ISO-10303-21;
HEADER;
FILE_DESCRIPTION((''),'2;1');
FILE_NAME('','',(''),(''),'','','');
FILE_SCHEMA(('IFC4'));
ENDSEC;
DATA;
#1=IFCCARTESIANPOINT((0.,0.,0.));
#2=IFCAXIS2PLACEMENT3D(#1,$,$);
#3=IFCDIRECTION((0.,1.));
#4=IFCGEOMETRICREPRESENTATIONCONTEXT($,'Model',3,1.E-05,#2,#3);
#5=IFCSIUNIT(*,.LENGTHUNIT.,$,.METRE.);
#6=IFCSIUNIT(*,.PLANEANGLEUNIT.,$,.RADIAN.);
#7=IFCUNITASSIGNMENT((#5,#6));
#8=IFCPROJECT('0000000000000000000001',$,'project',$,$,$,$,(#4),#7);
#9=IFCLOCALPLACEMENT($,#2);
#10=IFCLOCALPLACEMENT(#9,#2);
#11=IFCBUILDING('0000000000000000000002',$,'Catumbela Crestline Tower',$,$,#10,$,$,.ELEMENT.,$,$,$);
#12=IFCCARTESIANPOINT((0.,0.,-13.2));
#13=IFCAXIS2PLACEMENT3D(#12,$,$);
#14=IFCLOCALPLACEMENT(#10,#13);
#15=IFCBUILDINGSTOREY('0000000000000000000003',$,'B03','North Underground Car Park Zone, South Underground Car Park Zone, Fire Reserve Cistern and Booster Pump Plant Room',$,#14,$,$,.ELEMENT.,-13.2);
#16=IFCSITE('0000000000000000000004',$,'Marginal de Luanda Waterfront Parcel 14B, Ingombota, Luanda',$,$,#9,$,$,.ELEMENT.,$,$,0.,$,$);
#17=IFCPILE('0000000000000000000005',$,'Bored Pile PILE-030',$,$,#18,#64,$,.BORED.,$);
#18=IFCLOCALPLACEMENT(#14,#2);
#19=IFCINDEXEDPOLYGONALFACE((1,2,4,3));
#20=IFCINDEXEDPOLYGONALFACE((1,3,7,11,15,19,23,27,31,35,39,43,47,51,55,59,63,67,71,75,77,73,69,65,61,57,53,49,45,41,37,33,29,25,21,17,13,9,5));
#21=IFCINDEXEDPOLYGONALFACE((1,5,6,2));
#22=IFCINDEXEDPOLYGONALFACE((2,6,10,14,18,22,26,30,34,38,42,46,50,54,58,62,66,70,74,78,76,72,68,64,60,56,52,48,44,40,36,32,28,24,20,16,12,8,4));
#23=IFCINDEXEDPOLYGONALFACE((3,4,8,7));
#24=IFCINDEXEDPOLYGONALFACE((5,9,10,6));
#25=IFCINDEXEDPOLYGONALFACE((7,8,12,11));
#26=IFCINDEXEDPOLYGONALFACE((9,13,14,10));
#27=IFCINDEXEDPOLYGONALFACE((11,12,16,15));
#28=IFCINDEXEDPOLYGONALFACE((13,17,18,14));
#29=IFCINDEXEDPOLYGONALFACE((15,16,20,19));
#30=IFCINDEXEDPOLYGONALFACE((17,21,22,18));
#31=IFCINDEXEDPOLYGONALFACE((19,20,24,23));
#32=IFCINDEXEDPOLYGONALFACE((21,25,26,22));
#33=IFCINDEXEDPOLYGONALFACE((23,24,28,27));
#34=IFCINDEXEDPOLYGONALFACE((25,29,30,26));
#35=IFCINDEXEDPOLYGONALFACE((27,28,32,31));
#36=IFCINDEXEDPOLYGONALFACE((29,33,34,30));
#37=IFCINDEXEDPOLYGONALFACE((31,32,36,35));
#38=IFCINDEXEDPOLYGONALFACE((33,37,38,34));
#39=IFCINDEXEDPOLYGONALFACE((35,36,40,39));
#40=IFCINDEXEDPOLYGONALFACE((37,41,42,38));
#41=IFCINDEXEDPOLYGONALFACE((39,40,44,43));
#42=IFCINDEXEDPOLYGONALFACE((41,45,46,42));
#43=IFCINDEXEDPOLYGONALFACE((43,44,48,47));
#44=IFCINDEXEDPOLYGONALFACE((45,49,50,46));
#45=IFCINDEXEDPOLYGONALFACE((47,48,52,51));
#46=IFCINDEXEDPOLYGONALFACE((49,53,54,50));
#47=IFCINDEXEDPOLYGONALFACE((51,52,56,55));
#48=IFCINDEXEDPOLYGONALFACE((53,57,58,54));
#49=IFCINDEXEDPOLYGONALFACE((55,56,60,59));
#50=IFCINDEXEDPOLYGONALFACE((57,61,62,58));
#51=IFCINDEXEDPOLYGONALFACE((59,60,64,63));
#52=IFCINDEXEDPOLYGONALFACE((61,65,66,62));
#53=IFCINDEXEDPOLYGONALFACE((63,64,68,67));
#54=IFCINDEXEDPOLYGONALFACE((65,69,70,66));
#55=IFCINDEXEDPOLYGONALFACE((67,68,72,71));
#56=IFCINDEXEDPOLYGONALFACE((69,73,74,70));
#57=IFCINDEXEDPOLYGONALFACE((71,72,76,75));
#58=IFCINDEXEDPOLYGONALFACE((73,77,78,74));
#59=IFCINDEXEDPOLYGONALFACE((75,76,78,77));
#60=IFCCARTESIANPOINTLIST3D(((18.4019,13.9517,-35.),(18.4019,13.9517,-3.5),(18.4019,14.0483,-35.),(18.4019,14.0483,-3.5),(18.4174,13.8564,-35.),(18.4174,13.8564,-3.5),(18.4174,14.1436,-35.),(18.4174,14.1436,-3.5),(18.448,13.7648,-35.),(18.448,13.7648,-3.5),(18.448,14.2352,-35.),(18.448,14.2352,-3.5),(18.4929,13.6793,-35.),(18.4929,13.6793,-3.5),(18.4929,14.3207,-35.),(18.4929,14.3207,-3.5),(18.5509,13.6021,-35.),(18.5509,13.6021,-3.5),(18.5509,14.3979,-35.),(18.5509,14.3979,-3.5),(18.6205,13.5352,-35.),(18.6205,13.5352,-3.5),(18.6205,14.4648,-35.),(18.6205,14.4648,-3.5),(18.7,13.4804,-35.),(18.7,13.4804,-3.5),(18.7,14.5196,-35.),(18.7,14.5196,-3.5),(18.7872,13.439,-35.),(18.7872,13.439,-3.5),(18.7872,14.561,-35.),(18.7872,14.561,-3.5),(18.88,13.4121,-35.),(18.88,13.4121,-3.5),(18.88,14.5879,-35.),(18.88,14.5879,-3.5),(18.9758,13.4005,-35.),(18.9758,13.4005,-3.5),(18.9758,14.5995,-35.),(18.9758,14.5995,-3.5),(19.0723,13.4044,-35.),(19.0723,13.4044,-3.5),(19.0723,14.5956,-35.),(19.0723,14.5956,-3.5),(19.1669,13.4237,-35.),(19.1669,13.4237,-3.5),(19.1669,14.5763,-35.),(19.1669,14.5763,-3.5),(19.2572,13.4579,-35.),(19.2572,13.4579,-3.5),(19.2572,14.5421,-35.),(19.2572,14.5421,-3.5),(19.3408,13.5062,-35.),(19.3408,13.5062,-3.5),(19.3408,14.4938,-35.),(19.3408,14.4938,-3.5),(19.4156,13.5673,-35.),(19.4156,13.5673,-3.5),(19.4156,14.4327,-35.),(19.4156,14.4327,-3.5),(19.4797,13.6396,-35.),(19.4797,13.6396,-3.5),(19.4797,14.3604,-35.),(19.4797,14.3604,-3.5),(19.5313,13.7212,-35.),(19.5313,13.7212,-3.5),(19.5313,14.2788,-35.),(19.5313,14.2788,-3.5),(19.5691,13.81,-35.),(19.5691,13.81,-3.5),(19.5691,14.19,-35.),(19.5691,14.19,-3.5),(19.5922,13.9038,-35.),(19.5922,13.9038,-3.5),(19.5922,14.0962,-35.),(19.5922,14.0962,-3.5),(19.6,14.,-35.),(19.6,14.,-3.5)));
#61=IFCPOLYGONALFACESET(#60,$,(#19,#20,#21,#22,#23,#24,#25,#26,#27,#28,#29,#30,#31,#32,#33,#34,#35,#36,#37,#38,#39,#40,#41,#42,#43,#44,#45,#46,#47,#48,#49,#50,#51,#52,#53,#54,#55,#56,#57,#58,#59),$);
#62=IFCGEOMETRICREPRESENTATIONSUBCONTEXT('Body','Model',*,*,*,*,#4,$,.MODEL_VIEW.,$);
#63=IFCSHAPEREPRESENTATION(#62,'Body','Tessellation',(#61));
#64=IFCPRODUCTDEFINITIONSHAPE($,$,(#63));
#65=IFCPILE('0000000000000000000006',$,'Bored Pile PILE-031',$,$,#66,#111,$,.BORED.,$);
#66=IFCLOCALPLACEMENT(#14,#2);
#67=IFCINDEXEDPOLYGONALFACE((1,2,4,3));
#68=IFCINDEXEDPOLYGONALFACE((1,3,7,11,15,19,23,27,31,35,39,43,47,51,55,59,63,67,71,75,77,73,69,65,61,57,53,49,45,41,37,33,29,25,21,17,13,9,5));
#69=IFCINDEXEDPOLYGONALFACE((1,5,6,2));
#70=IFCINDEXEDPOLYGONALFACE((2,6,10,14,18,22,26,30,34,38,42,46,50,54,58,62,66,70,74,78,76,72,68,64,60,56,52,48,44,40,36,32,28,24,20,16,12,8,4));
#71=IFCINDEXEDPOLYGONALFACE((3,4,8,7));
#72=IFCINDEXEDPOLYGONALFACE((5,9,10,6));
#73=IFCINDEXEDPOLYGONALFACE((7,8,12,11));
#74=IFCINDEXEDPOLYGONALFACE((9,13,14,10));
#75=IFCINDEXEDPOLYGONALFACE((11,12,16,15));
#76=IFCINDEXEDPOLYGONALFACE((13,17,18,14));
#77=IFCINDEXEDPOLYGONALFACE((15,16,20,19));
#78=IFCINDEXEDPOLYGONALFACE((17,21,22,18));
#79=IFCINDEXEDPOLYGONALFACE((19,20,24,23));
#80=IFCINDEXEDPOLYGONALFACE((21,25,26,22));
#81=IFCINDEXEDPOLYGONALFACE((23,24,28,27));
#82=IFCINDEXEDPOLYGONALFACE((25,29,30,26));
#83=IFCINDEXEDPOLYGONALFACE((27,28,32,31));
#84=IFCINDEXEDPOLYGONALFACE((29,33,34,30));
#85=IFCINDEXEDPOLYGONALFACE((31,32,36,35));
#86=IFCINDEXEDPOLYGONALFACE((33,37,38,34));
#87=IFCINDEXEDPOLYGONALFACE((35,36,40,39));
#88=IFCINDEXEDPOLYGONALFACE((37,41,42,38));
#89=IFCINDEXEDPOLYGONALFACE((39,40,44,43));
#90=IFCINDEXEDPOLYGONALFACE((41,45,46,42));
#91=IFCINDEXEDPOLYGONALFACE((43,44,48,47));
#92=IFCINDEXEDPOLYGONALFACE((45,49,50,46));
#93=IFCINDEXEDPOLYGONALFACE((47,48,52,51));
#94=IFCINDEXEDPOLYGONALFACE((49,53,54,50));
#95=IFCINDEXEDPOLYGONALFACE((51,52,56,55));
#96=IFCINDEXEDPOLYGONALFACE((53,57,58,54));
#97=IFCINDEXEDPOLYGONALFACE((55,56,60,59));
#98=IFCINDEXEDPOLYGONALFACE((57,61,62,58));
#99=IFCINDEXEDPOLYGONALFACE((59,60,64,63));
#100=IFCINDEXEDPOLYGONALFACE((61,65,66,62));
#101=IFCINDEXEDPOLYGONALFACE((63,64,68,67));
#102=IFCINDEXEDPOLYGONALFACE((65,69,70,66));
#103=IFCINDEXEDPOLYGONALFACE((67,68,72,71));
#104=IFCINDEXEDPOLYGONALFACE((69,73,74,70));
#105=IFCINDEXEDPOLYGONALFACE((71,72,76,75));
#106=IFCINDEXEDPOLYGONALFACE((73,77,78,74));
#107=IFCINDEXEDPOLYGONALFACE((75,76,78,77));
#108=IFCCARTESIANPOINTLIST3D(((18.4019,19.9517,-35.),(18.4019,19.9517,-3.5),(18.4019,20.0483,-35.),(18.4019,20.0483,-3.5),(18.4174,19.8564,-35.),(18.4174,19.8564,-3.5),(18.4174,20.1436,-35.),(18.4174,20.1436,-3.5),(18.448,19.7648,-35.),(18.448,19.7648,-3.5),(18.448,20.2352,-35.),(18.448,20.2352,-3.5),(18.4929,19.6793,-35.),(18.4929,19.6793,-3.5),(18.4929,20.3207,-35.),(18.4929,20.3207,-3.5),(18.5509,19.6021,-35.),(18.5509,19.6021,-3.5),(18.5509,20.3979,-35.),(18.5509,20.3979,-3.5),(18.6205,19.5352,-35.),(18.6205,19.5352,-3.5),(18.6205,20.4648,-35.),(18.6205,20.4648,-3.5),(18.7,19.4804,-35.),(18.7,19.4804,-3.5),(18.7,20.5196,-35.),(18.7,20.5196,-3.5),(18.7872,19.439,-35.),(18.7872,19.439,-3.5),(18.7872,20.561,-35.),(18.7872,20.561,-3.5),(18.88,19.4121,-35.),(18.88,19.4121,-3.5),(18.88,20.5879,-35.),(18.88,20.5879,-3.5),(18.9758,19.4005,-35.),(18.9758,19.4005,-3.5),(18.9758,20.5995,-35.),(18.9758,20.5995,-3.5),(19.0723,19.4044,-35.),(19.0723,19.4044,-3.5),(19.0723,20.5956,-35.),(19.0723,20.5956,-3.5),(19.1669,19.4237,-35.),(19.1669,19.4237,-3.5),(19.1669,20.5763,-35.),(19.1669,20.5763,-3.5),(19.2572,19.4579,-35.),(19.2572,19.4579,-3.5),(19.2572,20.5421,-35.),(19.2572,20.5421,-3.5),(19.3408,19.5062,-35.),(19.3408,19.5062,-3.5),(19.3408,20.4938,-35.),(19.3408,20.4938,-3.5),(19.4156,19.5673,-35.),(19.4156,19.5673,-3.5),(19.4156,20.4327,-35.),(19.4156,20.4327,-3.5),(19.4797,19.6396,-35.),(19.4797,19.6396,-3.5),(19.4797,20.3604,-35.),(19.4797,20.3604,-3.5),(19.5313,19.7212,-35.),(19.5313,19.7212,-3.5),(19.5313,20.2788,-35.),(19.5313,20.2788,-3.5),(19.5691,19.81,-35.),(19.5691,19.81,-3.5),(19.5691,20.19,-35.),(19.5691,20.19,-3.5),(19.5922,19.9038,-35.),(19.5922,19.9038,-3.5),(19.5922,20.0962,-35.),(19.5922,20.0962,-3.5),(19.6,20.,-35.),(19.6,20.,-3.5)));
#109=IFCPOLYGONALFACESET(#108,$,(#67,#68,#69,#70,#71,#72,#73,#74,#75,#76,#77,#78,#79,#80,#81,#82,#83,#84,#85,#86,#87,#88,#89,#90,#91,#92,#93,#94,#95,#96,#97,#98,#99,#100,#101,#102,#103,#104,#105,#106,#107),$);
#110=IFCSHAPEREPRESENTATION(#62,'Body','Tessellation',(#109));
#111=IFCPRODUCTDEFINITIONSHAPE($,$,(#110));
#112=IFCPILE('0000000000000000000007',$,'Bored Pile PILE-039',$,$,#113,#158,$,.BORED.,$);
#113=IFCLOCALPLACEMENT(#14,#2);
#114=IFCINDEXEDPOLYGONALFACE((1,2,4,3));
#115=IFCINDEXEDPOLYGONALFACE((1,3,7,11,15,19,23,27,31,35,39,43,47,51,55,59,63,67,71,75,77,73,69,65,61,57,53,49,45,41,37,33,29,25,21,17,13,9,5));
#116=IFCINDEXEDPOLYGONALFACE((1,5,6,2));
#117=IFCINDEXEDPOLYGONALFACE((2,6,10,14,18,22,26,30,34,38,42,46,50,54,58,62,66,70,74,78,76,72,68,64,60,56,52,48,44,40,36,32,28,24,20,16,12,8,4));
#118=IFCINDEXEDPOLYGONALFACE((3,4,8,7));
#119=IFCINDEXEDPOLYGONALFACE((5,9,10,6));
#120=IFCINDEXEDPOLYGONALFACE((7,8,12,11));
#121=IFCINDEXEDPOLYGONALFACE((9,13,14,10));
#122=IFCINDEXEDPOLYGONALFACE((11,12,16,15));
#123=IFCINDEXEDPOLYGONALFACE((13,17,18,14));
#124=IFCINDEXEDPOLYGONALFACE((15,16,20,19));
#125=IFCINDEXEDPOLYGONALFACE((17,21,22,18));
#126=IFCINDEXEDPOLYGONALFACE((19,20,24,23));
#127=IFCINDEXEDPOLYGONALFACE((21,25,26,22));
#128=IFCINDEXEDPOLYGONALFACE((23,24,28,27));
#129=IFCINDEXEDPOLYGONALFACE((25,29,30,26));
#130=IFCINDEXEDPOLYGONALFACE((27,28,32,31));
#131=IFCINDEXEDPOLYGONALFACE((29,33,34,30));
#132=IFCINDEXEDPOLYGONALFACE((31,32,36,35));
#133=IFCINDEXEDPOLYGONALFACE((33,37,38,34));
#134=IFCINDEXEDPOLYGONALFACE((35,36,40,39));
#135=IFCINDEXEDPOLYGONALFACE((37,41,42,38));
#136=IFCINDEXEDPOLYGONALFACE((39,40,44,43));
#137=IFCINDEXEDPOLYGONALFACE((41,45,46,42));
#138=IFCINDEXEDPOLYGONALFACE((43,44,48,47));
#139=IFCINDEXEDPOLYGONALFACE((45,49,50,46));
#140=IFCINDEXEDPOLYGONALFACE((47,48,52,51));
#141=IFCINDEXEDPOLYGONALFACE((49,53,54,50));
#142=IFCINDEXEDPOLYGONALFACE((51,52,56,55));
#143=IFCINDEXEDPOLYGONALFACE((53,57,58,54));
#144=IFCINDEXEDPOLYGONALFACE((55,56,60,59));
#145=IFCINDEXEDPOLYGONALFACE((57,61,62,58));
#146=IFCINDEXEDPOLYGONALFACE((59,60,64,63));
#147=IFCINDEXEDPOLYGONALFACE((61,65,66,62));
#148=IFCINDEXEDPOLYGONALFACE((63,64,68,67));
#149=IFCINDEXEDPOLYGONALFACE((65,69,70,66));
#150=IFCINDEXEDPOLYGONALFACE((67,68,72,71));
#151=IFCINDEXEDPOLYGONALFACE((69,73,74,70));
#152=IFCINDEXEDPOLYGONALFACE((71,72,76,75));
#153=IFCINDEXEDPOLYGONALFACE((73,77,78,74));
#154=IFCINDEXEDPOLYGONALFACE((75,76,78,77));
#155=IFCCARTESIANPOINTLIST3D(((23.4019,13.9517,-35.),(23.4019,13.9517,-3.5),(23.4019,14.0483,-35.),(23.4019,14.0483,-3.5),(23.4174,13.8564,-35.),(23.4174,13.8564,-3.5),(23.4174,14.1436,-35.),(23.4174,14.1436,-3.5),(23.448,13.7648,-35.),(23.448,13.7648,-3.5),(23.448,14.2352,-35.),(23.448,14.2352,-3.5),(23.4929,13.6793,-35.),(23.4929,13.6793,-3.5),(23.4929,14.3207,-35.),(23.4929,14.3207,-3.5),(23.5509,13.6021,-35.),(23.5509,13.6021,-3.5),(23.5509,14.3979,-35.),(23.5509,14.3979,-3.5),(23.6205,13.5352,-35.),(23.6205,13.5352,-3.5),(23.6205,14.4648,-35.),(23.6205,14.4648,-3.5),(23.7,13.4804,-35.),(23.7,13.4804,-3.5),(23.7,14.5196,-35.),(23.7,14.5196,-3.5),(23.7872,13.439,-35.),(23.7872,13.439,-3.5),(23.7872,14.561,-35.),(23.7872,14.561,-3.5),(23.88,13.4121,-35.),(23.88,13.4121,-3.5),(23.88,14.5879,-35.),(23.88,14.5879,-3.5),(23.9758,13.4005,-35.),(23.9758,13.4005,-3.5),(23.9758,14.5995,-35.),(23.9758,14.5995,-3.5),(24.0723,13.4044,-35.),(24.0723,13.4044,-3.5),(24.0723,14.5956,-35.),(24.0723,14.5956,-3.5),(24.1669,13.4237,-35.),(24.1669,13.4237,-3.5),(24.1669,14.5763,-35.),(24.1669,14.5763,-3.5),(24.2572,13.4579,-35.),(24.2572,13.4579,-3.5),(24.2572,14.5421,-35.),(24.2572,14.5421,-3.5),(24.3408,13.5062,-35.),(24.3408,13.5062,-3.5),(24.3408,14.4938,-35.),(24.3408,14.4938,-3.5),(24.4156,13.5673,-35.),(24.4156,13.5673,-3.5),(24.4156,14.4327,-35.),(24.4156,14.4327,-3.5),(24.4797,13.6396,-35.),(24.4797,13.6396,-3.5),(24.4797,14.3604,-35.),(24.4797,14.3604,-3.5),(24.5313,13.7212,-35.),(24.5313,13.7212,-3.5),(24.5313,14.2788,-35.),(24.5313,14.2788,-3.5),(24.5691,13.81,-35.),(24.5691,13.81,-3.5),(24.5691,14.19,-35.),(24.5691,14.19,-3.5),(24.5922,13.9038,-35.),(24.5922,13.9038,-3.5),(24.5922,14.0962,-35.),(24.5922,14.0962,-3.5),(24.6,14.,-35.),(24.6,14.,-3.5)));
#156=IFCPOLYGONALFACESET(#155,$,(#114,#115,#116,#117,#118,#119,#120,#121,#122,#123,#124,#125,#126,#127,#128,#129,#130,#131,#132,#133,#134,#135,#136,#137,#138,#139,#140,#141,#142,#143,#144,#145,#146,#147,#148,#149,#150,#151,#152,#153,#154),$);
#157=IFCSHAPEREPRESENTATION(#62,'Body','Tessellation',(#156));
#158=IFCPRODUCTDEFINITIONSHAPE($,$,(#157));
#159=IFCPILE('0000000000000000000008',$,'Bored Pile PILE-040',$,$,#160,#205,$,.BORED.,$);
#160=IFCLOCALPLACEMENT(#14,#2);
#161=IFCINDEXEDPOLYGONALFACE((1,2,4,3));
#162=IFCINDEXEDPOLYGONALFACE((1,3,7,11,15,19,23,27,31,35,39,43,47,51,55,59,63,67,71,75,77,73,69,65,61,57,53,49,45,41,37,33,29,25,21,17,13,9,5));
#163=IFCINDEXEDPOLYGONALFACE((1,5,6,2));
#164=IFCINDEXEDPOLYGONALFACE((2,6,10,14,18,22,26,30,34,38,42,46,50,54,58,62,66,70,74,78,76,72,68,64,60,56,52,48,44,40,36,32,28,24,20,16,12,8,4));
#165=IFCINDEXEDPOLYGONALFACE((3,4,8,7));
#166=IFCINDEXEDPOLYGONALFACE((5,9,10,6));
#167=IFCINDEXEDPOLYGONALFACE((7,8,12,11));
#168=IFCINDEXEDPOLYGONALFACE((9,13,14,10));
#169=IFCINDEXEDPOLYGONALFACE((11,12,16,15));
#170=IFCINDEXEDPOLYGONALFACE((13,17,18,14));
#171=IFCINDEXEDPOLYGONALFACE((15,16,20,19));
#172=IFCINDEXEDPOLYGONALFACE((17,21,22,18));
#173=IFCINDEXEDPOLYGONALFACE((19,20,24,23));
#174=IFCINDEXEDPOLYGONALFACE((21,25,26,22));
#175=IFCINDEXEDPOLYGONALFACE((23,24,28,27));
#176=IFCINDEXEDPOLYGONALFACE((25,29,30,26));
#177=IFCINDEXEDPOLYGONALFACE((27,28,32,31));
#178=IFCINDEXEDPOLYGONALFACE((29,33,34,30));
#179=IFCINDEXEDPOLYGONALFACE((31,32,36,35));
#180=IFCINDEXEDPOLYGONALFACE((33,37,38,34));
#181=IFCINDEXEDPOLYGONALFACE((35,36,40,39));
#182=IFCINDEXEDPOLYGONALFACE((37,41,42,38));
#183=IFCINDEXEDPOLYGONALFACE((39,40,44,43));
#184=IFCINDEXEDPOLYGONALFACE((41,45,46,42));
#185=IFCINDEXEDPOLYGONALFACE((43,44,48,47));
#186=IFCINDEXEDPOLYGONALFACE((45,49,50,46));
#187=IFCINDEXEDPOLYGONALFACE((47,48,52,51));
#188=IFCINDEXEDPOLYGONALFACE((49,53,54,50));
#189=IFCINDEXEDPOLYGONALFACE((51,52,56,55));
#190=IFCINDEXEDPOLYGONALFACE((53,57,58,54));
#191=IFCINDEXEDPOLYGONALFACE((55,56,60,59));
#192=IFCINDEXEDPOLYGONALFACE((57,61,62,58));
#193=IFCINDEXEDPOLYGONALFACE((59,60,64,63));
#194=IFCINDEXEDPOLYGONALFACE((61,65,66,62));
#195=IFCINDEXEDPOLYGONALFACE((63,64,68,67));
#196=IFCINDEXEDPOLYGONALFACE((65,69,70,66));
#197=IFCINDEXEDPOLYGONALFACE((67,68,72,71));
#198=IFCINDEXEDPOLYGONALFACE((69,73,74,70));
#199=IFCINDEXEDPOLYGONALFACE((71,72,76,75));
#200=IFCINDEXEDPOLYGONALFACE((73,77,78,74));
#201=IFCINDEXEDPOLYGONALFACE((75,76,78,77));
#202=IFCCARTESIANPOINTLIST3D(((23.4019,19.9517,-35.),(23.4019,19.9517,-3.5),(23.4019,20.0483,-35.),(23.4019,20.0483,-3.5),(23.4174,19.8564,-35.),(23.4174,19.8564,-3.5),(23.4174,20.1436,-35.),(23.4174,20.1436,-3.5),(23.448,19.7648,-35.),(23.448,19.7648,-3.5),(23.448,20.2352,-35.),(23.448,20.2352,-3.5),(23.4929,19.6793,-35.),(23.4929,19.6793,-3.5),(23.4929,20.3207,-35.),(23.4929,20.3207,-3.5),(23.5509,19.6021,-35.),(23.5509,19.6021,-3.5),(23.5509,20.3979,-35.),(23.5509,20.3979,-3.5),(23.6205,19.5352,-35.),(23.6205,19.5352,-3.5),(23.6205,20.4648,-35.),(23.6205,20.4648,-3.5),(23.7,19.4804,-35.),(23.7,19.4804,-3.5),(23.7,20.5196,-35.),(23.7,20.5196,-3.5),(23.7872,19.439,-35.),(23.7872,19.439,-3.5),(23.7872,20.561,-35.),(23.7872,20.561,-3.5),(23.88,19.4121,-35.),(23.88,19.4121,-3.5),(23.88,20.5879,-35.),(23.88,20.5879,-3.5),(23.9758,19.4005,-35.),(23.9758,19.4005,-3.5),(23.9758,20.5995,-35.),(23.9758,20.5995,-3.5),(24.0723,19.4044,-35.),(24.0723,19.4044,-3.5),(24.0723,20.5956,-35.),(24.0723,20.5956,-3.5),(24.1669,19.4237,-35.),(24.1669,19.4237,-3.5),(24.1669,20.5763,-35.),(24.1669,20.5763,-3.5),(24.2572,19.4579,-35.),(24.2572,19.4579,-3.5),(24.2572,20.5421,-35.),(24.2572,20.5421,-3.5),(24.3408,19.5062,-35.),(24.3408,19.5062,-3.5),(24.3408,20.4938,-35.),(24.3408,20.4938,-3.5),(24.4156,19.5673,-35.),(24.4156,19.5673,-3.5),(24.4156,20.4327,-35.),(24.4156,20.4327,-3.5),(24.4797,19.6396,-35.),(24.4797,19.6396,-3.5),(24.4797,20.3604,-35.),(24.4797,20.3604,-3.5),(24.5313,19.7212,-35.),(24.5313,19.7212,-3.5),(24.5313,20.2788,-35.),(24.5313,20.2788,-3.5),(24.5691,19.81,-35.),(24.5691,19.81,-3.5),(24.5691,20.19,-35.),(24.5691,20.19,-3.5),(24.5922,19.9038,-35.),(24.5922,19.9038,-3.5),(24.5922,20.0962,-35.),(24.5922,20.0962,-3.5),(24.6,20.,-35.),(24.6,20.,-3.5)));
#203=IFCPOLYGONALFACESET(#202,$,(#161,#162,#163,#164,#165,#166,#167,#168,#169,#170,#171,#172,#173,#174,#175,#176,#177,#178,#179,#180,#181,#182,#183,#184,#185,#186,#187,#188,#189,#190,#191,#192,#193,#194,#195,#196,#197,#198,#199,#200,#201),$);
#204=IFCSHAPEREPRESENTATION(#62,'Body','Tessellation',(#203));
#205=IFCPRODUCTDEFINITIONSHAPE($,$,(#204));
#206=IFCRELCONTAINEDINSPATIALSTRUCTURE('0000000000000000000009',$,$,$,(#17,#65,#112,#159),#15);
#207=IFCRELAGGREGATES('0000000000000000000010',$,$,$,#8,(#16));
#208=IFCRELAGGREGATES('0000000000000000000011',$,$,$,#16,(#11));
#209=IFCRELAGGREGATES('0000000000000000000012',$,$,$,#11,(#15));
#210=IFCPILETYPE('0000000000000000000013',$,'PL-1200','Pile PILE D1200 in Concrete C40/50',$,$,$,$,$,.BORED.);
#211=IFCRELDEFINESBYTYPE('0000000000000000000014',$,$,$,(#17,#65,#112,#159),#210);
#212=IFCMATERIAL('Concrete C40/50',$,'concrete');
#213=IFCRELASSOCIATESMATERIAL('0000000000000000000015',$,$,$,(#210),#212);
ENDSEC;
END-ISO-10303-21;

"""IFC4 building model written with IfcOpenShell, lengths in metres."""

from ifc_helpers import new_model, si_unit, direction, frame, origin, origin_2d, place, context, subcontext, project, spatial, circle, extrude, material, material_profile, profile_set, type_object, element, save


model = new_model("IFC4")

# Units and contexts
model_context = context("Model", 3, precision=1e-05, world=origin(), true_north=direction((0.0, 1.0)))
body_context = subcontext(model_context, "Body", "Model", "MODEL_VIEW")
ifc_project = project(units=[si_unit("LENGTHUNIT", "METRE"), si_unit("PLANEANGLEUNIT", "RADIAN")], contexts=[model_context])

# Site, building, storey
site_placement = place(None, origin())
site = spatial("IfcSite", under=ifc_project, at=site_placement, Name="Marginal de Luanda Waterfront Parcel 14B, Ingombota, Luanda", CompositionType="ELEMENT", RefElevation=0.0)
building_placement = place(site_placement, origin())
building = spatial("IfcBuilding", under=site, at=building_placement, Name="Catumbela Crestline Tower", CompositionType="ELEMENT")
storey_placement = place(building_placement, frame((0.0, 0.0, -13.2)))
storey = spatial("IfcBuildingStorey", under=building, at=storey_placement, Name="B03", Description="North Underground Car Park Zone, South Underground Car Park Zone, Fire Reserve Cistern and Booster Pump Plant Room", CompositionType="ELEMENT", Elevation=-13.2)

# Piles
ifc_material_1 = material(Name="Concrete C40/50", Category="concrete")
ifc_material_profile_1 = material_profile(ifc_material_1, circle(Radius=0.6, at=origin_2d()), Name="PILE D1200")
ifc_profile_set_1 = profile_set([ifc_material_profile_1], Name="Concrete C40/50")
pile_type_1 = type_object("IfcPileType", Name="PL-1200", Description="Pile PILE D1200 in Concrete C40/50", PredefinedType="BORED", material=ifc_profile_set_1)
for number, where, z_axis, x_axis, name in (
    (1, (19.0, 14.0, -3.5), (0.0, 0.0, -1.0), (1.0, 0.0, 0.0), "Bored Pile PILE-030"),
    (2, (19.0, 20.0, -3.5), (0.0, 0.0, -1.0), (1.0, 0.0, 0.0), "Bored Pile PILE-031"),
    (3, (24.0, 14.0, -3.5), (0.0, 0.0, -1.0), (1.0, 0.0, 0.0), "Bored Pile PILE-039"),
    (4, (24.0, 20.0, -3.5), (0.0, 0.0, -1.0), (1.0, 0.0, 0.0), "Bored Pile PILE-040"),
):
    element("IfcPile", number, at=place(storey_placement, frame(where, z_axis=z_axis, x_axis=x_axis)), inside=storey, type_object=pile_type_1, Name=name, PredefinedType="BORED", context=body_context, shape_type="SweptSolid", body=[
        extrude(circle(Radius=0.6, at=origin_2d()), origin(), (0.0, 0.0, 1.0), 31.5),
    ])

save(model, "model.ifc")
